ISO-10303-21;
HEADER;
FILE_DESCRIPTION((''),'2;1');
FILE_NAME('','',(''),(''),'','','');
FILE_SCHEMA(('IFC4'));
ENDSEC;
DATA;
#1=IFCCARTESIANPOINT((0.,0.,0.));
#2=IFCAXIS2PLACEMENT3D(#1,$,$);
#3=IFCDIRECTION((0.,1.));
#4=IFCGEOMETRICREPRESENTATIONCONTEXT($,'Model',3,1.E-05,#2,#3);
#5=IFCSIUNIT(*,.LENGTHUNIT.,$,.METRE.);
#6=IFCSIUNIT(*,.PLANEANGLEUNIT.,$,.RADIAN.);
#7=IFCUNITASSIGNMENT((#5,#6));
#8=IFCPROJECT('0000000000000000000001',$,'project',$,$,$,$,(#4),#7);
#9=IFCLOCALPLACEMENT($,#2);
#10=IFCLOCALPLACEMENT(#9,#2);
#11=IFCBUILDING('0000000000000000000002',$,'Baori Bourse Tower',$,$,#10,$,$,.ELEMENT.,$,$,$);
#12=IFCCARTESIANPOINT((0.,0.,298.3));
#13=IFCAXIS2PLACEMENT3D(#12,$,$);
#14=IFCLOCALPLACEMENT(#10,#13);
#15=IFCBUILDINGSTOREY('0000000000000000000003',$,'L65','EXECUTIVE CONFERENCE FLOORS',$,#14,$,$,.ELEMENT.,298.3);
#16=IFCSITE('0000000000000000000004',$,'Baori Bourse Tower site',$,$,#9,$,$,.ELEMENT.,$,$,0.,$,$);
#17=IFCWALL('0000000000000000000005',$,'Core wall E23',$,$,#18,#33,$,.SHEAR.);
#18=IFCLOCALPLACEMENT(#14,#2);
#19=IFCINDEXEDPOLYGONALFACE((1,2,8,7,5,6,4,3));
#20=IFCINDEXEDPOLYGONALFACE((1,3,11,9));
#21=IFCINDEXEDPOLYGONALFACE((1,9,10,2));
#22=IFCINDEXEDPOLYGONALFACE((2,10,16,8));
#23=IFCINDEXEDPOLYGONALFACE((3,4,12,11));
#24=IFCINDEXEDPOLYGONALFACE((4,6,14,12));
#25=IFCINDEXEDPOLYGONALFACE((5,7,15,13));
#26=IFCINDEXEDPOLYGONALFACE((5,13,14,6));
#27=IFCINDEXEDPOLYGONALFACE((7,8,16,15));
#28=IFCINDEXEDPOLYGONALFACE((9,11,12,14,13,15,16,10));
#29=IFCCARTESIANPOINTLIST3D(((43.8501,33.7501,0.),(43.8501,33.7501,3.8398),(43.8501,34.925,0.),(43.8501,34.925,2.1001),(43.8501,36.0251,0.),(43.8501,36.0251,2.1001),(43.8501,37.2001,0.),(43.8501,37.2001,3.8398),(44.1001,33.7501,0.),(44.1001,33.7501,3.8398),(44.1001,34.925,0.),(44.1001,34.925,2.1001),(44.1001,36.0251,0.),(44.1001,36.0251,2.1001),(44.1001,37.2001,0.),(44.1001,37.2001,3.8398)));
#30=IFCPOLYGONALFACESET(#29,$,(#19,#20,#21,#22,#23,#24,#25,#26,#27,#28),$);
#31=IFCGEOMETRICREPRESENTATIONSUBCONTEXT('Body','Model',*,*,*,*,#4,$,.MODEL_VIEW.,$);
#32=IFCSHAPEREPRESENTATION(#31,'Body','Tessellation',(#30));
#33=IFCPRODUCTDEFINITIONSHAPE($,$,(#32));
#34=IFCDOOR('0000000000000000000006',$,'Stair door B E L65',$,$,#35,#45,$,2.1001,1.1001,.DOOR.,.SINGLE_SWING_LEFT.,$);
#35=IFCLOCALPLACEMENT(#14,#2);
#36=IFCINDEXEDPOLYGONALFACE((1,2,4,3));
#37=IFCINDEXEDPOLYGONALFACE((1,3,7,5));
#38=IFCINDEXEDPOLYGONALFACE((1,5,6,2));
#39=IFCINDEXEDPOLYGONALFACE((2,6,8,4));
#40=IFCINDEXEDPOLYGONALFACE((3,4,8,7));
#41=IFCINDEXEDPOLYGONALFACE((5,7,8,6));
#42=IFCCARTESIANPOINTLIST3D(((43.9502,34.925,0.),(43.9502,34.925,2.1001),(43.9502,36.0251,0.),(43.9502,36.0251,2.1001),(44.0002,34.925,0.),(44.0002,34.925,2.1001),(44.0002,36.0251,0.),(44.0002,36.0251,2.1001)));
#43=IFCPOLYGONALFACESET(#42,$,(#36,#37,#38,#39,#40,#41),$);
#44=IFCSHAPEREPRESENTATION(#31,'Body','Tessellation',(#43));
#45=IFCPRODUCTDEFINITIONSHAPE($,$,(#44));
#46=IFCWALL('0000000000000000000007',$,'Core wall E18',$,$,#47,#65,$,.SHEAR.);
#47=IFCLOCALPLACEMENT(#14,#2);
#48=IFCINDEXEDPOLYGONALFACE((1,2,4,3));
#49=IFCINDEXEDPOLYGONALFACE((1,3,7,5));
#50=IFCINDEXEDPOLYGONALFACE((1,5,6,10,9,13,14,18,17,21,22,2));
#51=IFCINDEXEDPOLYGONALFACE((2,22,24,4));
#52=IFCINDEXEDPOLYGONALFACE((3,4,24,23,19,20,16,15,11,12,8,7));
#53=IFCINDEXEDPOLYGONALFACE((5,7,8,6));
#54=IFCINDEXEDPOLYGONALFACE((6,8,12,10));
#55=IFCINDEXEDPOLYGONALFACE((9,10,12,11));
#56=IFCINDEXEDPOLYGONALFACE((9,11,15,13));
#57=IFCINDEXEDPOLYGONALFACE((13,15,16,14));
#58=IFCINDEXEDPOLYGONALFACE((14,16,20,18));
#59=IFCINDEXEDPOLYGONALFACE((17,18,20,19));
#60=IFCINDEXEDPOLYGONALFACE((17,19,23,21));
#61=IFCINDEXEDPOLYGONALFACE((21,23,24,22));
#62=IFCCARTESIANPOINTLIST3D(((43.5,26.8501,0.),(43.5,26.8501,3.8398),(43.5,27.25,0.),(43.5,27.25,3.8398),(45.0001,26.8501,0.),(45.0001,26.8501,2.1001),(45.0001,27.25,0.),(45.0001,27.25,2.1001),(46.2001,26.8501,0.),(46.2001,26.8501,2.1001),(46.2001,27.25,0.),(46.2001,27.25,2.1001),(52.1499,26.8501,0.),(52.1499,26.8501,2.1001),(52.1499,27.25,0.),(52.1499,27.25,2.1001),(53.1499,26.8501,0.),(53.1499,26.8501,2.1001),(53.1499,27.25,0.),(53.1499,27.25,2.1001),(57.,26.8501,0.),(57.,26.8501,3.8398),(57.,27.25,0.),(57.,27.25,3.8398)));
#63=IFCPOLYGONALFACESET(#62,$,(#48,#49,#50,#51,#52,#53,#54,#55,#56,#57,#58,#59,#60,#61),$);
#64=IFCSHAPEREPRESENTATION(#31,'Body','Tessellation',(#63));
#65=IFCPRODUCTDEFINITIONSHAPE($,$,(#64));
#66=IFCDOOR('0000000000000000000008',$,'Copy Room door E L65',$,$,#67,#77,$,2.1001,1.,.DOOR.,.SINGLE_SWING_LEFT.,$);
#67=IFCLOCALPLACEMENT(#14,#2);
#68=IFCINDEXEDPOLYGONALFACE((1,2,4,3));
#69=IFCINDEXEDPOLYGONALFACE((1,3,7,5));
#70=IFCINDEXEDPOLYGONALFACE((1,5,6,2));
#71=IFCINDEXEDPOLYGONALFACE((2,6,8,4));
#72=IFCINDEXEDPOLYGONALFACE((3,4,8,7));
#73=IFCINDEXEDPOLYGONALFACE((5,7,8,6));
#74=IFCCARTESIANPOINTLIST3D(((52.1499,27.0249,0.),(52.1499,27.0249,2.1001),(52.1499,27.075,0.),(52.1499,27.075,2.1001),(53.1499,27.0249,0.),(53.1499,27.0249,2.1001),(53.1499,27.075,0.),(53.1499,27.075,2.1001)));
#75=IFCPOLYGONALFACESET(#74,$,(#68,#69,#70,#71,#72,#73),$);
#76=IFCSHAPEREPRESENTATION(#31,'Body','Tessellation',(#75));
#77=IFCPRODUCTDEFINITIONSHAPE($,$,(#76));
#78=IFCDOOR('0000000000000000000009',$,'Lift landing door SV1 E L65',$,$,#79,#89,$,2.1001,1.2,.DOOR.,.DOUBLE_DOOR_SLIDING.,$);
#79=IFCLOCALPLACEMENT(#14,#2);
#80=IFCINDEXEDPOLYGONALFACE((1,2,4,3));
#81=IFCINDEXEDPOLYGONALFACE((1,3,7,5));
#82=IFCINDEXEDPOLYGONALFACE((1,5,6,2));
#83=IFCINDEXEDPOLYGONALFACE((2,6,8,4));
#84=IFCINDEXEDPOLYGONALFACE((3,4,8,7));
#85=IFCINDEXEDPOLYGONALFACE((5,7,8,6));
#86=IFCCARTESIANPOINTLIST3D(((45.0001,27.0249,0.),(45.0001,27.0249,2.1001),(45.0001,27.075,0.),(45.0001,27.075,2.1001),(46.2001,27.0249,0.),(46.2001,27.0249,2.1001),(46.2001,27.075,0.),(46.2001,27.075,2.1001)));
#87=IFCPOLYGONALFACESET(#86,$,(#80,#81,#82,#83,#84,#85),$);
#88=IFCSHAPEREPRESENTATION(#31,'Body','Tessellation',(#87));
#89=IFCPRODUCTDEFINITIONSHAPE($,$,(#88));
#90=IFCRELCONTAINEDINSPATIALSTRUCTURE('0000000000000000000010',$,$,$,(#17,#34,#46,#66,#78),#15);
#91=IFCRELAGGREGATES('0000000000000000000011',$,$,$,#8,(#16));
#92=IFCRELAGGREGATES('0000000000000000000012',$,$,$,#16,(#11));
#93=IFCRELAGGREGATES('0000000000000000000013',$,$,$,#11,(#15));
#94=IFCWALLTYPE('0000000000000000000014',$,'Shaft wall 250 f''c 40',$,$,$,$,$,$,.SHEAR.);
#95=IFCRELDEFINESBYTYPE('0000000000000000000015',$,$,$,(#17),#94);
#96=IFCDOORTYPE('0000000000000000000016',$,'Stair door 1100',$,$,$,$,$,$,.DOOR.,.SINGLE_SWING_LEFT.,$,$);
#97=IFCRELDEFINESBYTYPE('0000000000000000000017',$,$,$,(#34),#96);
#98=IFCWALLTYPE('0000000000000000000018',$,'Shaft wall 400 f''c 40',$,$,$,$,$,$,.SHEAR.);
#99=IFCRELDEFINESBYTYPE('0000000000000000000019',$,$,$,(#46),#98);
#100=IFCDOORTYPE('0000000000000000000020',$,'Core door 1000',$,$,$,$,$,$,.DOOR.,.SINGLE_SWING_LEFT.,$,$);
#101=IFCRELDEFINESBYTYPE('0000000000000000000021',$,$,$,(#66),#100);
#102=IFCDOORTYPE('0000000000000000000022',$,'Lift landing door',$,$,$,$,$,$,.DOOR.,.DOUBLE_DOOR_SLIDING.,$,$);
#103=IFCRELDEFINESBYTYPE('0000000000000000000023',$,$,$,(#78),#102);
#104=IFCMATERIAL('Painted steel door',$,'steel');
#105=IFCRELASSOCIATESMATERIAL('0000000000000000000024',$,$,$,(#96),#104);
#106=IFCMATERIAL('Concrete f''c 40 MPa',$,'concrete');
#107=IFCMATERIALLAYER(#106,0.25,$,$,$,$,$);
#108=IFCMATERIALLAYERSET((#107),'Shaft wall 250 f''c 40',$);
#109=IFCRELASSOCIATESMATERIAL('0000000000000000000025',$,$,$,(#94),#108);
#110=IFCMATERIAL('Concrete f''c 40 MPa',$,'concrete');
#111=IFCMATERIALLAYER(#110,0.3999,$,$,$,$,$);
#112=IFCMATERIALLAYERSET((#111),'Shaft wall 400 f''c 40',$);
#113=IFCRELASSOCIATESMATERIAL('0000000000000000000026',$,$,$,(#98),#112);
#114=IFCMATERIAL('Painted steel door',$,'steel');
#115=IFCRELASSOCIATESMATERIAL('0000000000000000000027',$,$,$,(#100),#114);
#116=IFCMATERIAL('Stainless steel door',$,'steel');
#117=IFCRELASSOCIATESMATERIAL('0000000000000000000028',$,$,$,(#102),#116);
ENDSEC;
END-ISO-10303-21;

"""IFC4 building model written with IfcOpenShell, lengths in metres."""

from ifc_helpers import new_model, si_unit, direction, frame, frame_2d, origin, place, context, subcontext, project, spatial, rectangle, extrude, material, layer, layer_set, type_object, element, fill, save


model = new_model("IFC4")

# Units and contexts
model_context = context("Model", 3, precision=1e-05, world=origin(), true_north=direction((0.0, 1.0)))
body_context = subcontext(model_context, "Body", "Model", "MODEL_VIEW")
ifc_project = project(units=[si_unit("LENGTHUNIT", "METRE"), si_unit("PLANEANGLEUNIT", "RADIAN")], contexts=[model_context])

# Site, building, storey
site_placement = place(None, origin())
site = spatial("IfcSite", under=ifc_project, at=site_placement, Name="Baori Bourse Tower site", CompositionType="ELEMENT", RefElevation=0.0)
building_placement = place(site_placement, origin())
building = spatial("IfcBuilding", under=site, at=building_placement, Name="Baori Bourse Tower", CompositionType="ELEMENT")
storey_placement = place(building_placement, frame((0.0, 0.0, 298.3)))
storey = spatial("IfcBuildingStorey", under=building, at=storey_placement, Name="L65", Description="EXECUTIVE CONFERENCE FLOORS", CompositionType="ELEMENT", Elevation=298.3)

# Wall, opening, door
ifc_material_1 = material(Name="Painted steel door", Category="steel")
door_type_1 = type_object("IfcDoorType", Name="Stair door 1100", OperationType="SINGLE_SWING_LEFT", PredefinedType="DOOR", material=ifc_material_1)
ifc_material_2 = material(Name="Concrete f'c 40 MPa", Category="concrete")
ifc_layer_1 = layer(ifc_material_2, 0.25)
ifc_layer_set_1 = layer_set([ifc_layer_1], Name="Shaft wall 250 f'c 40")
wall_type_1 = type_object("IfcWallType", Name="Shaft wall 250 f'c 40", PredefinedType="SHEAR", material=ifc_layer_set_1)
wall_1_placement = place(storey_placement, frame((43.9751, 33.75, 0.0), z_axis=(0.0, 0.0, 1.0), x_axis=(0.0, 1.0, 0.0)))
wall_1 = element("IfcWall", 1, at=wall_1_placement, inside=storey, type_object=wall_type_1, Name="Core wall E23", PredefinedType="SHEAR", context=body_context, shape_type="SweptSolid", body=[
    extrude(rectangle(XDim=3.45, YDim=0.25, at=frame_2d((1.7251, 0.0))), origin(), (0.0, 0.0, 1.0), 3.8398),
])
opening_1_placement = place(wall_1_placement, frame((1.175, 0.0, 0.0)))
opening_1 = element("IfcOpeningElement", 2, at=opening_1_placement, cuts=wall_1, PredefinedType="OPENING", context=body_context, shape_type="SweptSolid", body=[
    extrude(rectangle(XDim=1.1001, YDim=2.1001, at=frame_2d((0.55, 1.05))), frame((0.0, 0.135, 0.0), z_axis=(0.0, -1.0, 0.0), x_axis=(1.0, 0.0, 0.0)), (0.0, 0.0, 1.0), 0.27),
])
door_1_placement = place(opening_1_placement, origin())
door_1 = element("IfcDoor", 3, at=door_1_placement, inside=storey, type_object=door_type_1, Name="Stair door B E L65", OperationType="SINGLE_SWING_LEFT", OverallHeight=2.1001, OverallWidth=1.1001, PredefinedType="DOOR", context=body_context, shape_type="SweptSolid", body=[
    extrude(rectangle(XDim=1.1001, YDim=2.1001, at=frame_2d((0.55, 1.05))), frame((0.0, 0.0249, 0.0), z_axis=(0.0, -1.0, 0.0), x_axis=(1.0, 0.0, 0.0)), (0.0, 0.0, 1.0), 0.05),
])
fill(opening_1, door_1)

# Wall, openings, doors
ifc_material_3 = material(Name="Concrete f'c 40 MPa", Category="concrete")
ifc_layer_2 = layer(ifc_material_3, 0.3999)
ifc_layer_set_2 = layer_set([ifc_layer_2], Name="Shaft wall 400 f'c 40")
wall_type_2 = type_object("IfcWallType", Name="Shaft wall 400 f'c 40", PredefinedType="SHEAR", material=ifc_layer_set_2)
wall_2_placement = place(storey_placement, frame((43.5, 27.05, 0.0), z_axis=(0.0, 0.0, 1.0), x_axis=(1.0, 0.0, 0.0)))
wall_2 = element("IfcWall", 4, at=wall_2_placement, inside=storey, type_object=wall_type_2, Name="Core wall E18", PredefinedType="SHEAR", context=body_context, shape_type="SweptSolid", body=[
    extrude(rectangle(XDim=13.5, YDim=0.3999, at=frame_2d((6.75, 0.0))), origin(), (0.0, 0.0, 1.0), 3.8398),
])
opening_2_placement = place(wall_2_placement, frame((8.6499, 0.0, 0.0)))
opening_2 = element("IfcOpeningElement", 5, at=opening_2_placement, cuts=wall_2, PredefinedType="OPENING", context=body_context, shape_type="SweptSolid", body=[
    extrude(rectangle(XDim=1.0, YDim=2.1001, at=frame_2d((0.5, 1.05))), frame((0.0, 0.21, 0.0), z_axis=(0.0, -1.0, 0.0), x_axis=(1.0, 0.0, 0.0)), (0.0, 0.0, 1.0), 0.4199),
])
opening_3_placement = place(wall_2_placement, frame((1.5, 0.0, 0.0)))
opening_3 = element("IfcOpeningElement", 6, at=opening_3_placement, cuts=wall_2, PredefinedType="OPENING", context=body_context, shape_type="SweptSolid", body=[
    extrude(rectangle(XDim=1.2, YDim=2.1001, at=frame_2d((0.6001, 1.05))), frame((0.0, 0.21, 0.0), z_axis=(0.0, -1.0, 0.0), x_axis=(1.0, 0.0, 0.0)), (0.0, 0.0, 1.0), 0.4199),
])
ifc_material_4 = material(Name="Painted steel door", Category="steel")
door_type_2 = type_object("IfcDoorType", Name="Core door 1000", OperationType="SINGLE_SWING_LEFT", PredefinedType="DOOR", material=ifc_material_4)
door_2_placement = place(opening_2_placement, origin())
door_2 = element("IfcDoor", 7, at=door_2_placement, inside=storey, type_object=door_type_2, Name="Copy Room door E L65", OperationType="SINGLE_SWING_LEFT", OverallHeight=2.1001, OverallWidth=1.0, PredefinedType="DOOR", context=body_context, shape_type="SweptSolid", body=[
    extrude(rectangle(XDim=1.0, YDim=2.1001, at=frame_2d((0.5, 1.05))), frame((0.0, 0.0249, 0.0), z_axis=(0.0, -1.0, 0.0), x_axis=(1.0, 0.0, 0.0)), (0.0, 0.0, 1.0), 0.05),
])
fill(opening_2, door_2)
ifc_material_5 = material(Name="Stainless steel door", Category="steel")
door_type_3 = type_object("IfcDoorType", Name="Lift landing door", OperationType="DOUBLE_DOOR_SLIDING", PredefinedType="DOOR", material=ifc_material_5)
door_3_placement = place(opening_3_placement, origin())
door_3 = element("IfcDoor", 8, at=door_3_placement, inside=storey, type_object=door_type_3, Name="Lift landing door SV1 E L65", OperationType="DOUBLE_DOOR_SLIDING", OverallHeight=2.1001, OverallWidth=1.2, PredefinedType="DOOR", context=body_context, shape_type="SweptSolid", body=[
    extrude(rectangle(XDim=1.2, YDim=2.1001, at=frame_2d((0.6001, 1.05))), frame((0.0, 0.0249, 0.0), z_axis=(0.0, -1.0, 0.0), x_axis=(1.0, 0.0, 0.0)), (0.0, 0.0, 1.0), 0.05),
])
fill(opening_3, door_3)

save(model, "model.ifc")
